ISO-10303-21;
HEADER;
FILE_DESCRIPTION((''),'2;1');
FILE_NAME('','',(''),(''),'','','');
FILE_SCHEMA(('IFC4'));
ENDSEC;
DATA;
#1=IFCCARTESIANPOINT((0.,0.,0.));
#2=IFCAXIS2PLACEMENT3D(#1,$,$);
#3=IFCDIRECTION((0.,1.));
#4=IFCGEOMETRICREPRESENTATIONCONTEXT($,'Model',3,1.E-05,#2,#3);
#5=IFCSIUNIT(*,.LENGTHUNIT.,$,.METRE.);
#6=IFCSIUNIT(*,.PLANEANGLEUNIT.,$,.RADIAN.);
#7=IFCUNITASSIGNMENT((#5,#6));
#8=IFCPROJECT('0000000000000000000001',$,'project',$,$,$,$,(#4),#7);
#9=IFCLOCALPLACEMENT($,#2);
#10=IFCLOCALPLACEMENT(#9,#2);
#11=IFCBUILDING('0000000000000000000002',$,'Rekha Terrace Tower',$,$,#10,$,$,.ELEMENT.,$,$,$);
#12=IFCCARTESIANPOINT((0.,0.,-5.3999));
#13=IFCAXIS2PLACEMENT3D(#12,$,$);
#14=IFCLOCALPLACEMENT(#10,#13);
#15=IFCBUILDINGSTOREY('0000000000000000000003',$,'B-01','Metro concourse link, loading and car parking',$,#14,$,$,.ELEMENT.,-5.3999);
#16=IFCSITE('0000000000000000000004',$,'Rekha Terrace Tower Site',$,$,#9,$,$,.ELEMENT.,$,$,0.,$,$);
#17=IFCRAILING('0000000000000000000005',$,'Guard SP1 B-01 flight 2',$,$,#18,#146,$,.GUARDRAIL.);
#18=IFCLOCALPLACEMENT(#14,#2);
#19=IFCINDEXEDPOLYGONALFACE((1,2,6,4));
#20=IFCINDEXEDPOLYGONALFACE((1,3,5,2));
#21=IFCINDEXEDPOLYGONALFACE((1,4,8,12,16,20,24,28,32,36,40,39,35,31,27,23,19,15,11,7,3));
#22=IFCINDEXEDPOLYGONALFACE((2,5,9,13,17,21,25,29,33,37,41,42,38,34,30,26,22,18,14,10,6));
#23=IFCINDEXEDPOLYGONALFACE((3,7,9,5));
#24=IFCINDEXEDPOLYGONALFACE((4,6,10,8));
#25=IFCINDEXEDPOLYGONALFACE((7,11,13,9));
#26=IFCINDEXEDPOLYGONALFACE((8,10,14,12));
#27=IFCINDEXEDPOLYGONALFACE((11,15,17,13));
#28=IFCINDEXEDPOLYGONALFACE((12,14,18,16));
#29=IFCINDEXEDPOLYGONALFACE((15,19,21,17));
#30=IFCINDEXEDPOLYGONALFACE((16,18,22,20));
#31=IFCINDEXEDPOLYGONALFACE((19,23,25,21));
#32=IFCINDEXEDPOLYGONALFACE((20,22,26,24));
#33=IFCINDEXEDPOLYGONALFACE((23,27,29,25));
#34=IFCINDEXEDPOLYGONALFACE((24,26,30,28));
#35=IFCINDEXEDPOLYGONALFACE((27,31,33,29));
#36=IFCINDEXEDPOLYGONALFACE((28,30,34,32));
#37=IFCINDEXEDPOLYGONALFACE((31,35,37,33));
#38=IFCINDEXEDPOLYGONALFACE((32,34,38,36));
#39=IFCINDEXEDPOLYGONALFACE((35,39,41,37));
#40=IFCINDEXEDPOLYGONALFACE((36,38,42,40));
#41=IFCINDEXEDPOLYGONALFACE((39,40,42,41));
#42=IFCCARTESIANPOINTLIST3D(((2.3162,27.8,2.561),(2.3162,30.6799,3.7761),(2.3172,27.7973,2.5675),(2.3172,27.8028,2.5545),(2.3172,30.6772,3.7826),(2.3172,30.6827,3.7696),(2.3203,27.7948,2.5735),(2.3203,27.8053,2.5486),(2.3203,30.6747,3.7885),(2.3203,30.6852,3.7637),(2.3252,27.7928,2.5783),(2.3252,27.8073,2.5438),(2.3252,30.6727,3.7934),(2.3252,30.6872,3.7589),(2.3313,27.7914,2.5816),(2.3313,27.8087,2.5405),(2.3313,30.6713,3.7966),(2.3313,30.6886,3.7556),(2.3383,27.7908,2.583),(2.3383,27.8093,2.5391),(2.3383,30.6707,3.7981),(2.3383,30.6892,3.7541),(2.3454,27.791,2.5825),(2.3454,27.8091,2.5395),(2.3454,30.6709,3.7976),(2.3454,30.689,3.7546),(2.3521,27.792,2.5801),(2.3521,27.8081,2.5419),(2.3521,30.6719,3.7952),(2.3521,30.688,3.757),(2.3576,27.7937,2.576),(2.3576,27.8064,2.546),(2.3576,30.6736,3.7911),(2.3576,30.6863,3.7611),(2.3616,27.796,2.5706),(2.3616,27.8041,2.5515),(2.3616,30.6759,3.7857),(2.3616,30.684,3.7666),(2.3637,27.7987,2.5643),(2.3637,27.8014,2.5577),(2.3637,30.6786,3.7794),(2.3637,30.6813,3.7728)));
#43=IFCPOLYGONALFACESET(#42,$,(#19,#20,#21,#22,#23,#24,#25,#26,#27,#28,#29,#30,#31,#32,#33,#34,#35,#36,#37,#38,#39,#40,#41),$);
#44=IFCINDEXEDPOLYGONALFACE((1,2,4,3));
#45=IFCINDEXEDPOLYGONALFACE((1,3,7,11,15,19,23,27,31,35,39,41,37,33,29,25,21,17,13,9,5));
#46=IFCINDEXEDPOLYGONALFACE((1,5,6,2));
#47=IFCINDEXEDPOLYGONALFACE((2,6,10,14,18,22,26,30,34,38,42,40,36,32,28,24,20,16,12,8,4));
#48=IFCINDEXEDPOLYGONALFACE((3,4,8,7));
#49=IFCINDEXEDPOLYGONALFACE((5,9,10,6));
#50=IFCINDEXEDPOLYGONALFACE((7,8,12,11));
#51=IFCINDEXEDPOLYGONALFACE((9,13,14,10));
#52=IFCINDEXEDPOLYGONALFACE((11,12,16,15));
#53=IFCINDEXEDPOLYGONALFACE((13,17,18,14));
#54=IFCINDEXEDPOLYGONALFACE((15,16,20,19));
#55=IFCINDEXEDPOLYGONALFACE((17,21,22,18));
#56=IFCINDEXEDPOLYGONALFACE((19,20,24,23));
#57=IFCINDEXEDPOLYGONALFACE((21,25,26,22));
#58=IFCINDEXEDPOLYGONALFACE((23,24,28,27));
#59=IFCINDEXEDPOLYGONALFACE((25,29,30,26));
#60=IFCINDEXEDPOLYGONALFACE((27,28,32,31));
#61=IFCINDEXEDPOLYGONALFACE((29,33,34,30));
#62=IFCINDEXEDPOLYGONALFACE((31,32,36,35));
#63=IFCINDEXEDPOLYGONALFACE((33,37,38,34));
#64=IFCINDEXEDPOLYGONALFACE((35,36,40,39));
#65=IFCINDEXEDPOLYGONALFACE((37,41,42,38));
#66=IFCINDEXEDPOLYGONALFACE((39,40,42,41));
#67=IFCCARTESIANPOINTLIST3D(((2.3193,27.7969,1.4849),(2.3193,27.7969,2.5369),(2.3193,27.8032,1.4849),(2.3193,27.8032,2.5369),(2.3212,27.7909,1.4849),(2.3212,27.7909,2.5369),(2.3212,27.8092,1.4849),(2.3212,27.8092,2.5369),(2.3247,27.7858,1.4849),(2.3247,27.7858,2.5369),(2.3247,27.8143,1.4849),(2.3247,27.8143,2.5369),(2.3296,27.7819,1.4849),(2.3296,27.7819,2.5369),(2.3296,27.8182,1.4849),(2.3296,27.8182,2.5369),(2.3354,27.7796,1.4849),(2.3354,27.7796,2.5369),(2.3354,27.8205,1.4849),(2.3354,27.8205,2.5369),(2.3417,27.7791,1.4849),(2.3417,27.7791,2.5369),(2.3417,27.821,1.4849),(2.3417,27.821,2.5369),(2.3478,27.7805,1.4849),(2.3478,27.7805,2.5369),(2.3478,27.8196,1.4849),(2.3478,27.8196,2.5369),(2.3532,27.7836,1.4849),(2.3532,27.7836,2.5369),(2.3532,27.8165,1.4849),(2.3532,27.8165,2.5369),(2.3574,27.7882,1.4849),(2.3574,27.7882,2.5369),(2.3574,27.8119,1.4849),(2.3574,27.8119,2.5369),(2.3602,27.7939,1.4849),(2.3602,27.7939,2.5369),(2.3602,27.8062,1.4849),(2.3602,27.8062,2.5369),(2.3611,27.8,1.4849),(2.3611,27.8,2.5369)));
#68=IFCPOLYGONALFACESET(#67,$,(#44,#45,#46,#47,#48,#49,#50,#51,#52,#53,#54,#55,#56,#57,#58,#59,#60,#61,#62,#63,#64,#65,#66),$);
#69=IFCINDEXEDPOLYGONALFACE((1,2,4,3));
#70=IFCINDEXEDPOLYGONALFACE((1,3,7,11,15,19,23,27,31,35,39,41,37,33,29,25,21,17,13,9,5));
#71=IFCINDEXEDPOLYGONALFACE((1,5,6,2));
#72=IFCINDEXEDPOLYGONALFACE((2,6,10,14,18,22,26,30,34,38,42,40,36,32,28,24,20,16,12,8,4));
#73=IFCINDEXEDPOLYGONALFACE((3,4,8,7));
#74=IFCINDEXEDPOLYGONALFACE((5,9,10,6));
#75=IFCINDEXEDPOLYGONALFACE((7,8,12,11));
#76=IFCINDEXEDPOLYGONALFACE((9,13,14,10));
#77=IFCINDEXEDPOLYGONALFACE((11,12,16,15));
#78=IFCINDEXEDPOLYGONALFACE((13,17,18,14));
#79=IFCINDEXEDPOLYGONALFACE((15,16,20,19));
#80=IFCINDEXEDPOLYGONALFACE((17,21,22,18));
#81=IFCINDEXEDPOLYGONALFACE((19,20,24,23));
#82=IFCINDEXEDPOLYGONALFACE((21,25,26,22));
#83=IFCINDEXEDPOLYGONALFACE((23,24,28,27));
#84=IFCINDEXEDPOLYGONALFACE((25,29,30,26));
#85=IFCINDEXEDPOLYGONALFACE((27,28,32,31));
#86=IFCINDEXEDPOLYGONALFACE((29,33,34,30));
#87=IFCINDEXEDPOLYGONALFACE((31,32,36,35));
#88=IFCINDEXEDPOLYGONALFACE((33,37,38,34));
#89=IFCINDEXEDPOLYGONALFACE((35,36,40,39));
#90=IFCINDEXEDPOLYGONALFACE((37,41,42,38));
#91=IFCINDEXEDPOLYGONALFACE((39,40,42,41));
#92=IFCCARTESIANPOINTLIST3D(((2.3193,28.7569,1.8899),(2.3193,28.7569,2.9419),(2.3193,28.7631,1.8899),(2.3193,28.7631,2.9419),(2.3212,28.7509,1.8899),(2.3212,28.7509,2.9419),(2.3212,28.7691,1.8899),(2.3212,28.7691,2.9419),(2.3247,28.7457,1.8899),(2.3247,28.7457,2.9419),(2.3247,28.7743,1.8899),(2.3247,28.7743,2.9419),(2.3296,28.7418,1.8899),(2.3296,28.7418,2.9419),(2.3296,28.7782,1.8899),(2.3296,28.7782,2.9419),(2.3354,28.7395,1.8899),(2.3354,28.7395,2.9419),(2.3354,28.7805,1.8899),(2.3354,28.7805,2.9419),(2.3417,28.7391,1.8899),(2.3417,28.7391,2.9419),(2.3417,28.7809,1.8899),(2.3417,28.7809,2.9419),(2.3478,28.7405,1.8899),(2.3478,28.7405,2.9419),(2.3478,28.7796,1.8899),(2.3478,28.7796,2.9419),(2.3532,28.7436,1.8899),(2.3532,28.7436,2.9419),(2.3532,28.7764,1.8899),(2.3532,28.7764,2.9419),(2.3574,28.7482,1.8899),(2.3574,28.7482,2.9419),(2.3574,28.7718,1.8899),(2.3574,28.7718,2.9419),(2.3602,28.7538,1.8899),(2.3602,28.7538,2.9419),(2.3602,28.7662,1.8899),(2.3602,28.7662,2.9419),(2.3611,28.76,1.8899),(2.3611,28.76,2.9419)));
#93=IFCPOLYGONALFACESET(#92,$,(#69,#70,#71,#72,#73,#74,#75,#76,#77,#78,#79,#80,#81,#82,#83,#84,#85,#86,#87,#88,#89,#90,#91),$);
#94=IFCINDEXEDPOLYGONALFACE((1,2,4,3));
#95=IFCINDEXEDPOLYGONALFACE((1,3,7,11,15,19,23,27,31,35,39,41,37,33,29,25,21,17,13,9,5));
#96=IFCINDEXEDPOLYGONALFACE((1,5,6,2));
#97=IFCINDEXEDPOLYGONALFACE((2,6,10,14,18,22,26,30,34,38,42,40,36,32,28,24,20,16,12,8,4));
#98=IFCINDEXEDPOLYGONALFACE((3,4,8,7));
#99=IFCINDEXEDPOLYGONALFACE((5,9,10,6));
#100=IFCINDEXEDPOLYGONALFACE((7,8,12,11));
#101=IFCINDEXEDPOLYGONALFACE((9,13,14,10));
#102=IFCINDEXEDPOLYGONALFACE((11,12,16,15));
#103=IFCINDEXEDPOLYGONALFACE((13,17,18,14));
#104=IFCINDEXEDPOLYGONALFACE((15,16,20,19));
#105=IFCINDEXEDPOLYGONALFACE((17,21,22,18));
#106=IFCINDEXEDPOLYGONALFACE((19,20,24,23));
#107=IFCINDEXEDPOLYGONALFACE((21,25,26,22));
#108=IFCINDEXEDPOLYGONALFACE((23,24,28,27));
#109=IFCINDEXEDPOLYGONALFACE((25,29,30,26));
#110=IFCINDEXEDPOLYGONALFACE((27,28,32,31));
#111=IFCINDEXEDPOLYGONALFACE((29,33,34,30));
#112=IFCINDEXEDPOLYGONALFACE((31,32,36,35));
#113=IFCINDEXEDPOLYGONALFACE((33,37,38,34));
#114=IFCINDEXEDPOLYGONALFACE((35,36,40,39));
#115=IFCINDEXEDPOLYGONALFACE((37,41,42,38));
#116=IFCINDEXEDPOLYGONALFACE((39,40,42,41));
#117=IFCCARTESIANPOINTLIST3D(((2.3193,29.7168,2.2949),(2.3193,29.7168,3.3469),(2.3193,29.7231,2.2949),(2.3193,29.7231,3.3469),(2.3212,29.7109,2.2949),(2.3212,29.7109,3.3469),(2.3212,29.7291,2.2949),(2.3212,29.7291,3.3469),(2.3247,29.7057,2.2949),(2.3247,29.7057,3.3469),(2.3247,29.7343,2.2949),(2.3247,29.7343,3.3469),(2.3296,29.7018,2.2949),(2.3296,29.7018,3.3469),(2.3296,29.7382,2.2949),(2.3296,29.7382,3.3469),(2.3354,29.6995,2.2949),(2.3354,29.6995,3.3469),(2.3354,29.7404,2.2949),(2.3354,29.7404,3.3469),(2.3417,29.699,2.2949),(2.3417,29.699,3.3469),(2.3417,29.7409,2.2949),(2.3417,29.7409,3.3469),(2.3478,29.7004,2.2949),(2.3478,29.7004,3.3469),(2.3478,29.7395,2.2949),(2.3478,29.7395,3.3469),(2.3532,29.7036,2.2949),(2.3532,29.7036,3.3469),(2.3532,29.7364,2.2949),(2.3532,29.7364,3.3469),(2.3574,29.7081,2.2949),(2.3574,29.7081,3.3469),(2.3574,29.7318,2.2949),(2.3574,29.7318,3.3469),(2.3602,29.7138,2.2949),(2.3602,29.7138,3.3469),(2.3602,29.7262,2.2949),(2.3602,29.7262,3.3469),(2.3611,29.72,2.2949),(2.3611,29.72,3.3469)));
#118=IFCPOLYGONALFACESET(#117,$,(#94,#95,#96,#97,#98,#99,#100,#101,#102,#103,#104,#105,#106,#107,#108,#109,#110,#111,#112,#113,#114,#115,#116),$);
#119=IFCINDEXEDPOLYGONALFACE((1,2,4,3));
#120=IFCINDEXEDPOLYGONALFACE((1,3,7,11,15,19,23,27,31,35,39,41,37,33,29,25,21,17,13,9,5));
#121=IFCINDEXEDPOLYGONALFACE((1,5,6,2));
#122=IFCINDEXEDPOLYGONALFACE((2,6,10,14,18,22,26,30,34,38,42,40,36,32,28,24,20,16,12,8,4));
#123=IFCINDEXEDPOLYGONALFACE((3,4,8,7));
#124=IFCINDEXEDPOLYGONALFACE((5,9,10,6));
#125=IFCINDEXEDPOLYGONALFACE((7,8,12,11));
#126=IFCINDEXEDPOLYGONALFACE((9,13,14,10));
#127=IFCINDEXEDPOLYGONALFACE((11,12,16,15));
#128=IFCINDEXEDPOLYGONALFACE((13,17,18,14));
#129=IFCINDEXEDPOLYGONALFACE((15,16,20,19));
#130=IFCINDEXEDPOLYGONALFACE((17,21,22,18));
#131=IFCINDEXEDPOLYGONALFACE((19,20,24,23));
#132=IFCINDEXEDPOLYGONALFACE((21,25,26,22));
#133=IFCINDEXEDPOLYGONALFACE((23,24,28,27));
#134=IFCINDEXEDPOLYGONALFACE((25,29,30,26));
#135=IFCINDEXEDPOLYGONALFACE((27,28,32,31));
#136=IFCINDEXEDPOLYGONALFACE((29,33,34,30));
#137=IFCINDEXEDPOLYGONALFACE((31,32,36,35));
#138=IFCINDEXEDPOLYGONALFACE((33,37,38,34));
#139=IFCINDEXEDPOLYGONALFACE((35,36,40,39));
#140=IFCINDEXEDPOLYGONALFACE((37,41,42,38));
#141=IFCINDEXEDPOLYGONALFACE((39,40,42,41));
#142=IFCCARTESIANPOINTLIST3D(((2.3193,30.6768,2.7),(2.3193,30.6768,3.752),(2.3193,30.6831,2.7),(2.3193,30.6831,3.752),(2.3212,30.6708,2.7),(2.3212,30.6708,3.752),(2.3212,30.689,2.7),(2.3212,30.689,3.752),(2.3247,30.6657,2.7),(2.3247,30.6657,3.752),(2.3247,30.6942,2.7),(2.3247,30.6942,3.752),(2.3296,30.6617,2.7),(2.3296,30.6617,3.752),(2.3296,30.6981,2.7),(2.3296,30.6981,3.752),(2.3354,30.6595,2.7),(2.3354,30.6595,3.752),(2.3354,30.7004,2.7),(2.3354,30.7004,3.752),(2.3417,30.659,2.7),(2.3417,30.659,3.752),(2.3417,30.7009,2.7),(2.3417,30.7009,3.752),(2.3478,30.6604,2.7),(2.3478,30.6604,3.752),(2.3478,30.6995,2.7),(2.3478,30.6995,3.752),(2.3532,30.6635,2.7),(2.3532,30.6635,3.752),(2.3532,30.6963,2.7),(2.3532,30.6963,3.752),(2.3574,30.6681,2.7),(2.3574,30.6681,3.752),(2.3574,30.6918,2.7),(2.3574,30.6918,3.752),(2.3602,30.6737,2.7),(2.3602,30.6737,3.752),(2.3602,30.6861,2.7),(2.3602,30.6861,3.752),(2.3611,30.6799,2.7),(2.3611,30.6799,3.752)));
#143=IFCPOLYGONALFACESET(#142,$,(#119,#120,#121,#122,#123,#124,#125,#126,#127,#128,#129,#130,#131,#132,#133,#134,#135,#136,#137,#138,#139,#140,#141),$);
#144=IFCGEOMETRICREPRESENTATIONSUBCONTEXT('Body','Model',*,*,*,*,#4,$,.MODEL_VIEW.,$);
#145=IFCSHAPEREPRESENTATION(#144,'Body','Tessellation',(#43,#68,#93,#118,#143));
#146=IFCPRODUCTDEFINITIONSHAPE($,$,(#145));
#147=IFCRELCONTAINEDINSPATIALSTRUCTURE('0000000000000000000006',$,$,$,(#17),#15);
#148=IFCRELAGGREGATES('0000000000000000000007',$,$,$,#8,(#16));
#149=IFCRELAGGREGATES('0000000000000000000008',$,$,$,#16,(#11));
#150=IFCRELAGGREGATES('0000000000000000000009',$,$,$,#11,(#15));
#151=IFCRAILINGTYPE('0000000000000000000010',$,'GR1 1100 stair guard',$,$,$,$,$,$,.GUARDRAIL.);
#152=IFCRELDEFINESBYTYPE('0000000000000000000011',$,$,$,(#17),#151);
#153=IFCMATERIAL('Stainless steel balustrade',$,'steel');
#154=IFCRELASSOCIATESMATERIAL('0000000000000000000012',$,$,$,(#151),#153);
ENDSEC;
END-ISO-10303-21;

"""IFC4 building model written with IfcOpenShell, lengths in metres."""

from ifc_helpers import new_model, si_unit, direction, frame, origin, origin_2d, place, context, subcontext, project, spatial, circle, extrude, material, type_object, element, save


model = new_model("IFC4")

# Units and contexts
model_context = context("Model", 3, precision=1e-05, world=origin(), true_north=direction((0.0, 1.0)))
body_context = subcontext(model_context, "Body", "Model", "MODEL_VIEW")
ifc_project = project(units=[si_unit("LENGTHUNIT", "METRE"), si_unit("PLANEANGLEUNIT", "RADIAN")], contexts=[model_context])

# Site, building, storey
site_placement = place(None, origin())
site = spatial("IfcSite", under=ifc_project, at=site_placement, Name="Rekha Terrace Tower Site", CompositionType="ELEMENT", RefElevation=0.0)
building_placement = place(site_placement, origin())
building = spatial("IfcBuilding", under=site, at=building_placement, Name="Rekha Terrace Tower", CompositionType="ELEMENT")
storey_placement = place(building_placement, frame((0.0, 0.0, -5.3999)))
storey = spatial("IfcBuildingStorey", under=building, at=storey_placement, Name="B-01", Description="Metro concourse link, loading and car parking", CompositionType="ELEMENT", Elevation=-5.3999)

# Railing
ifc_material_1 = material(Name="Stainless steel balustrade", Category="steel")
railing_type_1 = type_object("IfcRailingType", Name="GR1 1100 stair guard", PredefinedType="GUARDRAIL", material=ifc_material_1)
railing_1_placement = place(storey_placement, frame((2.3401, 27.8, 1.4849)))
element("IfcRailing", 1, at=railing_1_placement, inside=storey, type_object=railing_type_1, Name="Guard SP1 B-01 flight 2", PredefinedType="GUARDRAIL", context=body_context, shape_type="SweptSolid", body=[
    extrude(circle(Radius=0.0239, at=origin_2d()), frame((0.0, 0.0, 1.0762), z_axis=(0.0, 0.921348, 0.388738), x_axis=(-1.0, 0.0, 0.0)), (0.0, 0.0, 1.0), 3.1257),
    extrude(circle(Radius=0.021, at=origin_2d()), origin(), (0.0, 0.0, 1.0), 1.052),
    extrude(circle(Radius=0.021, at=origin_2d()), frame((0.0, 0.96, 0.405)), (0.0, 0.0, 1.0), 1.052),
    extrude(circle(Radius=0.021, at=origin_2d()), frame((0.0, 1.9199, 0.8101)), (0.0, 0.0, 1.0), 1.052),
    extrude(circle(Radius=0.021, at=origin_2d()), frame((0.0, 2.8799, 1.2151)), (0.0, 0.0, 1.0), 1.052),
])

save(model, "model.ifc")
